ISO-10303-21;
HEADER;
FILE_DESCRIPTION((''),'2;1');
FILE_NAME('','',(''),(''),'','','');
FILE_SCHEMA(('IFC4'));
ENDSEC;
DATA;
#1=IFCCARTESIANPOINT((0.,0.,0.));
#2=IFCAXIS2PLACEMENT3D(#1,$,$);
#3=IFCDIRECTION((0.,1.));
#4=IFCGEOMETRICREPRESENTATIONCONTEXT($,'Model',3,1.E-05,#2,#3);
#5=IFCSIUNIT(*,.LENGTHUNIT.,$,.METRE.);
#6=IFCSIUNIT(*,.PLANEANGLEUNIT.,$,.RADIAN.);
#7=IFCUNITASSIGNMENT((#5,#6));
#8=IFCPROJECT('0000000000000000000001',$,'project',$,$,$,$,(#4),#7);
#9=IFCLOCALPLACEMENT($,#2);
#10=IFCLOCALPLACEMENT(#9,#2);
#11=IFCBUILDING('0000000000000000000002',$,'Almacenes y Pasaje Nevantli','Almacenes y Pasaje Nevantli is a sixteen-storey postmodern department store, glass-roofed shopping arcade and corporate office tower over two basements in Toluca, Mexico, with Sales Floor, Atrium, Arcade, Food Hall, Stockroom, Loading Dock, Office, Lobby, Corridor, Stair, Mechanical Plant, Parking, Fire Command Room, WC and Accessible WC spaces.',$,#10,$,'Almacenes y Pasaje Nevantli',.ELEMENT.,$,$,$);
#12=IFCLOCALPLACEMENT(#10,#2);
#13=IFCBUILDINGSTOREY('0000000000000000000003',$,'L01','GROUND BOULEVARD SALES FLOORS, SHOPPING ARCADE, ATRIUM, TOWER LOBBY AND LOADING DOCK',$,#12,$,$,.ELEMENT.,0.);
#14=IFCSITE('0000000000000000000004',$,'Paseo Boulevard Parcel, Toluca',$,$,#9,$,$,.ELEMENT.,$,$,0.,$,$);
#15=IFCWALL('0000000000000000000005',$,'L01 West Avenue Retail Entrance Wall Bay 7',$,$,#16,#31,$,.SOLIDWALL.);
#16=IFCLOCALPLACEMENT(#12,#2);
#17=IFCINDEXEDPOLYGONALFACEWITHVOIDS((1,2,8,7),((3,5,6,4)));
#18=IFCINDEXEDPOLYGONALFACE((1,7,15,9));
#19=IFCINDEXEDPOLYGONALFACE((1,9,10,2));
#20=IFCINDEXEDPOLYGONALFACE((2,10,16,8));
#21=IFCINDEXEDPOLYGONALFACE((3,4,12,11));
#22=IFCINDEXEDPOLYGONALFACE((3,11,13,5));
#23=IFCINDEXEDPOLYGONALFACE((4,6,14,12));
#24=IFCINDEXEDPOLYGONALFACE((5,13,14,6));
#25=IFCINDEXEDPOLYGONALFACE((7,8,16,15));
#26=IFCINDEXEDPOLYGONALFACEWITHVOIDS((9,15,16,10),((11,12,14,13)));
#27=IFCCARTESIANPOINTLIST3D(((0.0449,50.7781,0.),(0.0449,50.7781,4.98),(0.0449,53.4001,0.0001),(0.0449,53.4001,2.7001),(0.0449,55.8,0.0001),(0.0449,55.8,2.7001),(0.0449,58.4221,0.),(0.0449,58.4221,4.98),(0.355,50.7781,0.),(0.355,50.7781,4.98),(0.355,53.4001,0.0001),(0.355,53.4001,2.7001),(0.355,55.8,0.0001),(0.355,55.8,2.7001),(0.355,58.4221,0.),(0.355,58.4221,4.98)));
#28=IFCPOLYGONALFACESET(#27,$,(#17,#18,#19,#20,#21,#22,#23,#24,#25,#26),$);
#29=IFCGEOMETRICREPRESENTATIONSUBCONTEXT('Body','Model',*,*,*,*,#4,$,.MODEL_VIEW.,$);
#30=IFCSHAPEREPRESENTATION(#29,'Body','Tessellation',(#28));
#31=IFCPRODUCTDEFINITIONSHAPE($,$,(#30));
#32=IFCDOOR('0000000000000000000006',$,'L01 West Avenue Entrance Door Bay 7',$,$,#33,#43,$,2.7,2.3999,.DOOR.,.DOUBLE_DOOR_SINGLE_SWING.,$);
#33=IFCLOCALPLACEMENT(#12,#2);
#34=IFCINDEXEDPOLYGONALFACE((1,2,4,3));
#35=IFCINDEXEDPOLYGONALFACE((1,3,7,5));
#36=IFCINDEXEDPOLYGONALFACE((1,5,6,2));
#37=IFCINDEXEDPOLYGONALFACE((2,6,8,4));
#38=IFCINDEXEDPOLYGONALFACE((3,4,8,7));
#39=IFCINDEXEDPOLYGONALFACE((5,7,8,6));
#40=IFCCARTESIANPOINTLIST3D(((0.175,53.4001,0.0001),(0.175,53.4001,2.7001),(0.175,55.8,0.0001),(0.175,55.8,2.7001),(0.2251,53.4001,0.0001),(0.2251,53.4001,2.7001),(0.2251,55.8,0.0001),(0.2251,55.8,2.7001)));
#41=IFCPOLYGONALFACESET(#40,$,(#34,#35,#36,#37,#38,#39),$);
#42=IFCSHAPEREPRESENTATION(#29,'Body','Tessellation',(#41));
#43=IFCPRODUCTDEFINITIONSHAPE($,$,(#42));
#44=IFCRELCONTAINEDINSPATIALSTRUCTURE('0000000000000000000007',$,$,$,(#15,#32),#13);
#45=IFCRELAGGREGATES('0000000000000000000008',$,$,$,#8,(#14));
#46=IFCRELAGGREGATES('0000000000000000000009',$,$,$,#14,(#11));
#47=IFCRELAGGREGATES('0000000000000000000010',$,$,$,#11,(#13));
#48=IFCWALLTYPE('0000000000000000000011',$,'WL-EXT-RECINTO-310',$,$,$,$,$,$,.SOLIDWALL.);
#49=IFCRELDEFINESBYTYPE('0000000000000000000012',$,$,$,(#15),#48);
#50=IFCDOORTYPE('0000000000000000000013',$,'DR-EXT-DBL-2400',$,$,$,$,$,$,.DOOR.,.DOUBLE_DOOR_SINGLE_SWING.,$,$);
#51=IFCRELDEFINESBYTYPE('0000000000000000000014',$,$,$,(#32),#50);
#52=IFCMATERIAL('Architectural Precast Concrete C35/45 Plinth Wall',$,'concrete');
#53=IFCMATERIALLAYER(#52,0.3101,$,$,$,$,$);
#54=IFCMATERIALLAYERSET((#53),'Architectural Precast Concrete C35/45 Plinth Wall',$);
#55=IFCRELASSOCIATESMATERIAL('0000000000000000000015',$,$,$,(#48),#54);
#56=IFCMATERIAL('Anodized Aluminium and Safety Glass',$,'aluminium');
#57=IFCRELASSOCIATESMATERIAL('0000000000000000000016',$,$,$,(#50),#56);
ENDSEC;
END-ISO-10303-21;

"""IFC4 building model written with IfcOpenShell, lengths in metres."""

from ifc_helpers import new_model, si_unit, direction, frame, frame_2d, origin, place, context, subcontext, project, spatial, rectangle, extrude, material, layer, layer_set, type_object, element, fill, save


model = new_model("IFC4")

# Units and contexts
model_context = context("Model", 3, precision=1e-05, world=origin(), true_north=direction((0.0, 1.0)))
body_context = subcontext(model_context, "Body", "Model", "MODEL_VIEW")
ifc_project = project(units=[si_unit("LENGTHUNIT", "METRE"), si_unit("PLANEANGLEUNIT", "RADIAN")], contexts=[model_context])

# Site, building, storey
site_placement = place(None, origin())
site = spatial("IfcSite", under=ifc_project, at=site_placement, Name="Paseo Boulevard Parcel, Toluca", CompositionType="ELEMENT", RefElevation=0.0)
building_placement = place(site_placement, origin())
building = spatial("IfcBuilding", under=site, at=building_placement, Name="Almacenes y Pasaje Nevantli", Description="Almacenes y Pasaje Nevantli is a sixteen-storey postmodern department store, glass-roofed shopping arcade and corporate office tower over two basements in Toluca, Mexico, with Sales Floor, Atrium, Arcade, Food Hall, Stockroom, Loading Dock, Office, Lobby, Corridor, Stair, Mechanical Plant, Parking, Fire Command Room, WC and Accessible WC spaces.", LongName="Almacenes y Pasaje Nevantli", CompositionType="ELEMENT")
storey_placement = place(building_placement, origin())
storey = spatial("IfcBuildingStorey", under=building, at=storey_placement, Name="L01", Description="GROUND BOULEVARD SALES FLOORS, SHOPPING ARCADE, ATRIUM, TOWER LOBBY AND LOADING DOCK", CompositionType="ELEMENT", Elevation=0.0)

# Shared definitions
ifc_material_1 = material(Name="Architectural Precast Concrete C35/45 Plinth Wall", Category="concrete")
ifc_layer = layer(ifc_material_1, 0.3101)
ifc_layer_set = layer_set([ifc_layer], Name="Architectural Precast Concrete C35/45 Plinth Wall")
wall_type = type_object("IfcWallType", Name="WL-EXT-RECINTO-310", PredefinedType="SOLIDWALL", material=ifc_layer_set)

# Wall, opening, door
wall_1_placement = place(storey_placement, frame((0.2, 50.7781, 0.0), z_axis=(0.0, 0.0, 1.0), x_axis=(0.0, 1.0, 0.0)))
wall_1 = element("IfcWall", 1, at=wall_1_placement, inside=storey, type_object=wall_type, Name="L01 West Avenue Retail Entrance Wall Bay 7", PredefinedType="SOLIDWALL", context=body_context, shape_type="SweptSolid", body=[
    extrude(rectangle(XDim=7.644, YDim=0.3101, at=frame_2d((3.822, 0.0))), origin(), (0.0, 0.0, 1.0), 4.98),
])
opening_1_placement = place(wall_1_placement, frame((2.6221, 0.0, 0.0)))
opening_1 = element("IfcOpeningElement", 2, at=opening_1_placement, cuts=wall_1, PredefinedType="OPENING", context=body_context, shape_type="SweptSolid", body=[
    extrude(rectangle(XDim=2.3999, YDim=2.7, at=frame_2d((1.2, 1.3501))), frame((0.0, 0.165, 0.0), z_axis=(0.0, -1.0, 0.0), x_axis=(1.0, 0.0, 0.0)), (0.0, 0.0, 1.0), 0.3301),
])
ifc_material_2 = material(Name="Anodized Aluminium and Safety Glass", Category="aluminium")
door_type_1 = type_object("IfcDoorType", Name="DR-EXT-DBL-2400", OperationType="DOUBLE_DOOR_SINGLE_SWING", PredefinedType="DOOR", material=ifc_material_2)
door_1_placement = place(opening_1_placement, origin())
door_1 = element("IfcDoor", 3, at=door_1_placement, inside=storey, type_object=door_type_1, Name="L01 West Avenue Entrance Door Bay 7", OperationType="DOUBLE_DOOR_SINGLE_SWING", OverallHeight=2.7, OverallWidth=2.3999, PredefinedType="DOOR", context=body_context, shape_type="SweptSolid", body=[
    extrude(rectangle(XDim=2.3999, YDim=2.7, at=frame_2d((1.2, 1.3501))), frame((0.0, 0.0249, 0.0), z_axis=(0.0, -1.0, 0.0), x_axis=(1.0, 0.0, 0.0)), (0.0, 0.0, 1.0), 0.05),
])
fill(opening_1, door_1)

save(model, "model.ifc")
